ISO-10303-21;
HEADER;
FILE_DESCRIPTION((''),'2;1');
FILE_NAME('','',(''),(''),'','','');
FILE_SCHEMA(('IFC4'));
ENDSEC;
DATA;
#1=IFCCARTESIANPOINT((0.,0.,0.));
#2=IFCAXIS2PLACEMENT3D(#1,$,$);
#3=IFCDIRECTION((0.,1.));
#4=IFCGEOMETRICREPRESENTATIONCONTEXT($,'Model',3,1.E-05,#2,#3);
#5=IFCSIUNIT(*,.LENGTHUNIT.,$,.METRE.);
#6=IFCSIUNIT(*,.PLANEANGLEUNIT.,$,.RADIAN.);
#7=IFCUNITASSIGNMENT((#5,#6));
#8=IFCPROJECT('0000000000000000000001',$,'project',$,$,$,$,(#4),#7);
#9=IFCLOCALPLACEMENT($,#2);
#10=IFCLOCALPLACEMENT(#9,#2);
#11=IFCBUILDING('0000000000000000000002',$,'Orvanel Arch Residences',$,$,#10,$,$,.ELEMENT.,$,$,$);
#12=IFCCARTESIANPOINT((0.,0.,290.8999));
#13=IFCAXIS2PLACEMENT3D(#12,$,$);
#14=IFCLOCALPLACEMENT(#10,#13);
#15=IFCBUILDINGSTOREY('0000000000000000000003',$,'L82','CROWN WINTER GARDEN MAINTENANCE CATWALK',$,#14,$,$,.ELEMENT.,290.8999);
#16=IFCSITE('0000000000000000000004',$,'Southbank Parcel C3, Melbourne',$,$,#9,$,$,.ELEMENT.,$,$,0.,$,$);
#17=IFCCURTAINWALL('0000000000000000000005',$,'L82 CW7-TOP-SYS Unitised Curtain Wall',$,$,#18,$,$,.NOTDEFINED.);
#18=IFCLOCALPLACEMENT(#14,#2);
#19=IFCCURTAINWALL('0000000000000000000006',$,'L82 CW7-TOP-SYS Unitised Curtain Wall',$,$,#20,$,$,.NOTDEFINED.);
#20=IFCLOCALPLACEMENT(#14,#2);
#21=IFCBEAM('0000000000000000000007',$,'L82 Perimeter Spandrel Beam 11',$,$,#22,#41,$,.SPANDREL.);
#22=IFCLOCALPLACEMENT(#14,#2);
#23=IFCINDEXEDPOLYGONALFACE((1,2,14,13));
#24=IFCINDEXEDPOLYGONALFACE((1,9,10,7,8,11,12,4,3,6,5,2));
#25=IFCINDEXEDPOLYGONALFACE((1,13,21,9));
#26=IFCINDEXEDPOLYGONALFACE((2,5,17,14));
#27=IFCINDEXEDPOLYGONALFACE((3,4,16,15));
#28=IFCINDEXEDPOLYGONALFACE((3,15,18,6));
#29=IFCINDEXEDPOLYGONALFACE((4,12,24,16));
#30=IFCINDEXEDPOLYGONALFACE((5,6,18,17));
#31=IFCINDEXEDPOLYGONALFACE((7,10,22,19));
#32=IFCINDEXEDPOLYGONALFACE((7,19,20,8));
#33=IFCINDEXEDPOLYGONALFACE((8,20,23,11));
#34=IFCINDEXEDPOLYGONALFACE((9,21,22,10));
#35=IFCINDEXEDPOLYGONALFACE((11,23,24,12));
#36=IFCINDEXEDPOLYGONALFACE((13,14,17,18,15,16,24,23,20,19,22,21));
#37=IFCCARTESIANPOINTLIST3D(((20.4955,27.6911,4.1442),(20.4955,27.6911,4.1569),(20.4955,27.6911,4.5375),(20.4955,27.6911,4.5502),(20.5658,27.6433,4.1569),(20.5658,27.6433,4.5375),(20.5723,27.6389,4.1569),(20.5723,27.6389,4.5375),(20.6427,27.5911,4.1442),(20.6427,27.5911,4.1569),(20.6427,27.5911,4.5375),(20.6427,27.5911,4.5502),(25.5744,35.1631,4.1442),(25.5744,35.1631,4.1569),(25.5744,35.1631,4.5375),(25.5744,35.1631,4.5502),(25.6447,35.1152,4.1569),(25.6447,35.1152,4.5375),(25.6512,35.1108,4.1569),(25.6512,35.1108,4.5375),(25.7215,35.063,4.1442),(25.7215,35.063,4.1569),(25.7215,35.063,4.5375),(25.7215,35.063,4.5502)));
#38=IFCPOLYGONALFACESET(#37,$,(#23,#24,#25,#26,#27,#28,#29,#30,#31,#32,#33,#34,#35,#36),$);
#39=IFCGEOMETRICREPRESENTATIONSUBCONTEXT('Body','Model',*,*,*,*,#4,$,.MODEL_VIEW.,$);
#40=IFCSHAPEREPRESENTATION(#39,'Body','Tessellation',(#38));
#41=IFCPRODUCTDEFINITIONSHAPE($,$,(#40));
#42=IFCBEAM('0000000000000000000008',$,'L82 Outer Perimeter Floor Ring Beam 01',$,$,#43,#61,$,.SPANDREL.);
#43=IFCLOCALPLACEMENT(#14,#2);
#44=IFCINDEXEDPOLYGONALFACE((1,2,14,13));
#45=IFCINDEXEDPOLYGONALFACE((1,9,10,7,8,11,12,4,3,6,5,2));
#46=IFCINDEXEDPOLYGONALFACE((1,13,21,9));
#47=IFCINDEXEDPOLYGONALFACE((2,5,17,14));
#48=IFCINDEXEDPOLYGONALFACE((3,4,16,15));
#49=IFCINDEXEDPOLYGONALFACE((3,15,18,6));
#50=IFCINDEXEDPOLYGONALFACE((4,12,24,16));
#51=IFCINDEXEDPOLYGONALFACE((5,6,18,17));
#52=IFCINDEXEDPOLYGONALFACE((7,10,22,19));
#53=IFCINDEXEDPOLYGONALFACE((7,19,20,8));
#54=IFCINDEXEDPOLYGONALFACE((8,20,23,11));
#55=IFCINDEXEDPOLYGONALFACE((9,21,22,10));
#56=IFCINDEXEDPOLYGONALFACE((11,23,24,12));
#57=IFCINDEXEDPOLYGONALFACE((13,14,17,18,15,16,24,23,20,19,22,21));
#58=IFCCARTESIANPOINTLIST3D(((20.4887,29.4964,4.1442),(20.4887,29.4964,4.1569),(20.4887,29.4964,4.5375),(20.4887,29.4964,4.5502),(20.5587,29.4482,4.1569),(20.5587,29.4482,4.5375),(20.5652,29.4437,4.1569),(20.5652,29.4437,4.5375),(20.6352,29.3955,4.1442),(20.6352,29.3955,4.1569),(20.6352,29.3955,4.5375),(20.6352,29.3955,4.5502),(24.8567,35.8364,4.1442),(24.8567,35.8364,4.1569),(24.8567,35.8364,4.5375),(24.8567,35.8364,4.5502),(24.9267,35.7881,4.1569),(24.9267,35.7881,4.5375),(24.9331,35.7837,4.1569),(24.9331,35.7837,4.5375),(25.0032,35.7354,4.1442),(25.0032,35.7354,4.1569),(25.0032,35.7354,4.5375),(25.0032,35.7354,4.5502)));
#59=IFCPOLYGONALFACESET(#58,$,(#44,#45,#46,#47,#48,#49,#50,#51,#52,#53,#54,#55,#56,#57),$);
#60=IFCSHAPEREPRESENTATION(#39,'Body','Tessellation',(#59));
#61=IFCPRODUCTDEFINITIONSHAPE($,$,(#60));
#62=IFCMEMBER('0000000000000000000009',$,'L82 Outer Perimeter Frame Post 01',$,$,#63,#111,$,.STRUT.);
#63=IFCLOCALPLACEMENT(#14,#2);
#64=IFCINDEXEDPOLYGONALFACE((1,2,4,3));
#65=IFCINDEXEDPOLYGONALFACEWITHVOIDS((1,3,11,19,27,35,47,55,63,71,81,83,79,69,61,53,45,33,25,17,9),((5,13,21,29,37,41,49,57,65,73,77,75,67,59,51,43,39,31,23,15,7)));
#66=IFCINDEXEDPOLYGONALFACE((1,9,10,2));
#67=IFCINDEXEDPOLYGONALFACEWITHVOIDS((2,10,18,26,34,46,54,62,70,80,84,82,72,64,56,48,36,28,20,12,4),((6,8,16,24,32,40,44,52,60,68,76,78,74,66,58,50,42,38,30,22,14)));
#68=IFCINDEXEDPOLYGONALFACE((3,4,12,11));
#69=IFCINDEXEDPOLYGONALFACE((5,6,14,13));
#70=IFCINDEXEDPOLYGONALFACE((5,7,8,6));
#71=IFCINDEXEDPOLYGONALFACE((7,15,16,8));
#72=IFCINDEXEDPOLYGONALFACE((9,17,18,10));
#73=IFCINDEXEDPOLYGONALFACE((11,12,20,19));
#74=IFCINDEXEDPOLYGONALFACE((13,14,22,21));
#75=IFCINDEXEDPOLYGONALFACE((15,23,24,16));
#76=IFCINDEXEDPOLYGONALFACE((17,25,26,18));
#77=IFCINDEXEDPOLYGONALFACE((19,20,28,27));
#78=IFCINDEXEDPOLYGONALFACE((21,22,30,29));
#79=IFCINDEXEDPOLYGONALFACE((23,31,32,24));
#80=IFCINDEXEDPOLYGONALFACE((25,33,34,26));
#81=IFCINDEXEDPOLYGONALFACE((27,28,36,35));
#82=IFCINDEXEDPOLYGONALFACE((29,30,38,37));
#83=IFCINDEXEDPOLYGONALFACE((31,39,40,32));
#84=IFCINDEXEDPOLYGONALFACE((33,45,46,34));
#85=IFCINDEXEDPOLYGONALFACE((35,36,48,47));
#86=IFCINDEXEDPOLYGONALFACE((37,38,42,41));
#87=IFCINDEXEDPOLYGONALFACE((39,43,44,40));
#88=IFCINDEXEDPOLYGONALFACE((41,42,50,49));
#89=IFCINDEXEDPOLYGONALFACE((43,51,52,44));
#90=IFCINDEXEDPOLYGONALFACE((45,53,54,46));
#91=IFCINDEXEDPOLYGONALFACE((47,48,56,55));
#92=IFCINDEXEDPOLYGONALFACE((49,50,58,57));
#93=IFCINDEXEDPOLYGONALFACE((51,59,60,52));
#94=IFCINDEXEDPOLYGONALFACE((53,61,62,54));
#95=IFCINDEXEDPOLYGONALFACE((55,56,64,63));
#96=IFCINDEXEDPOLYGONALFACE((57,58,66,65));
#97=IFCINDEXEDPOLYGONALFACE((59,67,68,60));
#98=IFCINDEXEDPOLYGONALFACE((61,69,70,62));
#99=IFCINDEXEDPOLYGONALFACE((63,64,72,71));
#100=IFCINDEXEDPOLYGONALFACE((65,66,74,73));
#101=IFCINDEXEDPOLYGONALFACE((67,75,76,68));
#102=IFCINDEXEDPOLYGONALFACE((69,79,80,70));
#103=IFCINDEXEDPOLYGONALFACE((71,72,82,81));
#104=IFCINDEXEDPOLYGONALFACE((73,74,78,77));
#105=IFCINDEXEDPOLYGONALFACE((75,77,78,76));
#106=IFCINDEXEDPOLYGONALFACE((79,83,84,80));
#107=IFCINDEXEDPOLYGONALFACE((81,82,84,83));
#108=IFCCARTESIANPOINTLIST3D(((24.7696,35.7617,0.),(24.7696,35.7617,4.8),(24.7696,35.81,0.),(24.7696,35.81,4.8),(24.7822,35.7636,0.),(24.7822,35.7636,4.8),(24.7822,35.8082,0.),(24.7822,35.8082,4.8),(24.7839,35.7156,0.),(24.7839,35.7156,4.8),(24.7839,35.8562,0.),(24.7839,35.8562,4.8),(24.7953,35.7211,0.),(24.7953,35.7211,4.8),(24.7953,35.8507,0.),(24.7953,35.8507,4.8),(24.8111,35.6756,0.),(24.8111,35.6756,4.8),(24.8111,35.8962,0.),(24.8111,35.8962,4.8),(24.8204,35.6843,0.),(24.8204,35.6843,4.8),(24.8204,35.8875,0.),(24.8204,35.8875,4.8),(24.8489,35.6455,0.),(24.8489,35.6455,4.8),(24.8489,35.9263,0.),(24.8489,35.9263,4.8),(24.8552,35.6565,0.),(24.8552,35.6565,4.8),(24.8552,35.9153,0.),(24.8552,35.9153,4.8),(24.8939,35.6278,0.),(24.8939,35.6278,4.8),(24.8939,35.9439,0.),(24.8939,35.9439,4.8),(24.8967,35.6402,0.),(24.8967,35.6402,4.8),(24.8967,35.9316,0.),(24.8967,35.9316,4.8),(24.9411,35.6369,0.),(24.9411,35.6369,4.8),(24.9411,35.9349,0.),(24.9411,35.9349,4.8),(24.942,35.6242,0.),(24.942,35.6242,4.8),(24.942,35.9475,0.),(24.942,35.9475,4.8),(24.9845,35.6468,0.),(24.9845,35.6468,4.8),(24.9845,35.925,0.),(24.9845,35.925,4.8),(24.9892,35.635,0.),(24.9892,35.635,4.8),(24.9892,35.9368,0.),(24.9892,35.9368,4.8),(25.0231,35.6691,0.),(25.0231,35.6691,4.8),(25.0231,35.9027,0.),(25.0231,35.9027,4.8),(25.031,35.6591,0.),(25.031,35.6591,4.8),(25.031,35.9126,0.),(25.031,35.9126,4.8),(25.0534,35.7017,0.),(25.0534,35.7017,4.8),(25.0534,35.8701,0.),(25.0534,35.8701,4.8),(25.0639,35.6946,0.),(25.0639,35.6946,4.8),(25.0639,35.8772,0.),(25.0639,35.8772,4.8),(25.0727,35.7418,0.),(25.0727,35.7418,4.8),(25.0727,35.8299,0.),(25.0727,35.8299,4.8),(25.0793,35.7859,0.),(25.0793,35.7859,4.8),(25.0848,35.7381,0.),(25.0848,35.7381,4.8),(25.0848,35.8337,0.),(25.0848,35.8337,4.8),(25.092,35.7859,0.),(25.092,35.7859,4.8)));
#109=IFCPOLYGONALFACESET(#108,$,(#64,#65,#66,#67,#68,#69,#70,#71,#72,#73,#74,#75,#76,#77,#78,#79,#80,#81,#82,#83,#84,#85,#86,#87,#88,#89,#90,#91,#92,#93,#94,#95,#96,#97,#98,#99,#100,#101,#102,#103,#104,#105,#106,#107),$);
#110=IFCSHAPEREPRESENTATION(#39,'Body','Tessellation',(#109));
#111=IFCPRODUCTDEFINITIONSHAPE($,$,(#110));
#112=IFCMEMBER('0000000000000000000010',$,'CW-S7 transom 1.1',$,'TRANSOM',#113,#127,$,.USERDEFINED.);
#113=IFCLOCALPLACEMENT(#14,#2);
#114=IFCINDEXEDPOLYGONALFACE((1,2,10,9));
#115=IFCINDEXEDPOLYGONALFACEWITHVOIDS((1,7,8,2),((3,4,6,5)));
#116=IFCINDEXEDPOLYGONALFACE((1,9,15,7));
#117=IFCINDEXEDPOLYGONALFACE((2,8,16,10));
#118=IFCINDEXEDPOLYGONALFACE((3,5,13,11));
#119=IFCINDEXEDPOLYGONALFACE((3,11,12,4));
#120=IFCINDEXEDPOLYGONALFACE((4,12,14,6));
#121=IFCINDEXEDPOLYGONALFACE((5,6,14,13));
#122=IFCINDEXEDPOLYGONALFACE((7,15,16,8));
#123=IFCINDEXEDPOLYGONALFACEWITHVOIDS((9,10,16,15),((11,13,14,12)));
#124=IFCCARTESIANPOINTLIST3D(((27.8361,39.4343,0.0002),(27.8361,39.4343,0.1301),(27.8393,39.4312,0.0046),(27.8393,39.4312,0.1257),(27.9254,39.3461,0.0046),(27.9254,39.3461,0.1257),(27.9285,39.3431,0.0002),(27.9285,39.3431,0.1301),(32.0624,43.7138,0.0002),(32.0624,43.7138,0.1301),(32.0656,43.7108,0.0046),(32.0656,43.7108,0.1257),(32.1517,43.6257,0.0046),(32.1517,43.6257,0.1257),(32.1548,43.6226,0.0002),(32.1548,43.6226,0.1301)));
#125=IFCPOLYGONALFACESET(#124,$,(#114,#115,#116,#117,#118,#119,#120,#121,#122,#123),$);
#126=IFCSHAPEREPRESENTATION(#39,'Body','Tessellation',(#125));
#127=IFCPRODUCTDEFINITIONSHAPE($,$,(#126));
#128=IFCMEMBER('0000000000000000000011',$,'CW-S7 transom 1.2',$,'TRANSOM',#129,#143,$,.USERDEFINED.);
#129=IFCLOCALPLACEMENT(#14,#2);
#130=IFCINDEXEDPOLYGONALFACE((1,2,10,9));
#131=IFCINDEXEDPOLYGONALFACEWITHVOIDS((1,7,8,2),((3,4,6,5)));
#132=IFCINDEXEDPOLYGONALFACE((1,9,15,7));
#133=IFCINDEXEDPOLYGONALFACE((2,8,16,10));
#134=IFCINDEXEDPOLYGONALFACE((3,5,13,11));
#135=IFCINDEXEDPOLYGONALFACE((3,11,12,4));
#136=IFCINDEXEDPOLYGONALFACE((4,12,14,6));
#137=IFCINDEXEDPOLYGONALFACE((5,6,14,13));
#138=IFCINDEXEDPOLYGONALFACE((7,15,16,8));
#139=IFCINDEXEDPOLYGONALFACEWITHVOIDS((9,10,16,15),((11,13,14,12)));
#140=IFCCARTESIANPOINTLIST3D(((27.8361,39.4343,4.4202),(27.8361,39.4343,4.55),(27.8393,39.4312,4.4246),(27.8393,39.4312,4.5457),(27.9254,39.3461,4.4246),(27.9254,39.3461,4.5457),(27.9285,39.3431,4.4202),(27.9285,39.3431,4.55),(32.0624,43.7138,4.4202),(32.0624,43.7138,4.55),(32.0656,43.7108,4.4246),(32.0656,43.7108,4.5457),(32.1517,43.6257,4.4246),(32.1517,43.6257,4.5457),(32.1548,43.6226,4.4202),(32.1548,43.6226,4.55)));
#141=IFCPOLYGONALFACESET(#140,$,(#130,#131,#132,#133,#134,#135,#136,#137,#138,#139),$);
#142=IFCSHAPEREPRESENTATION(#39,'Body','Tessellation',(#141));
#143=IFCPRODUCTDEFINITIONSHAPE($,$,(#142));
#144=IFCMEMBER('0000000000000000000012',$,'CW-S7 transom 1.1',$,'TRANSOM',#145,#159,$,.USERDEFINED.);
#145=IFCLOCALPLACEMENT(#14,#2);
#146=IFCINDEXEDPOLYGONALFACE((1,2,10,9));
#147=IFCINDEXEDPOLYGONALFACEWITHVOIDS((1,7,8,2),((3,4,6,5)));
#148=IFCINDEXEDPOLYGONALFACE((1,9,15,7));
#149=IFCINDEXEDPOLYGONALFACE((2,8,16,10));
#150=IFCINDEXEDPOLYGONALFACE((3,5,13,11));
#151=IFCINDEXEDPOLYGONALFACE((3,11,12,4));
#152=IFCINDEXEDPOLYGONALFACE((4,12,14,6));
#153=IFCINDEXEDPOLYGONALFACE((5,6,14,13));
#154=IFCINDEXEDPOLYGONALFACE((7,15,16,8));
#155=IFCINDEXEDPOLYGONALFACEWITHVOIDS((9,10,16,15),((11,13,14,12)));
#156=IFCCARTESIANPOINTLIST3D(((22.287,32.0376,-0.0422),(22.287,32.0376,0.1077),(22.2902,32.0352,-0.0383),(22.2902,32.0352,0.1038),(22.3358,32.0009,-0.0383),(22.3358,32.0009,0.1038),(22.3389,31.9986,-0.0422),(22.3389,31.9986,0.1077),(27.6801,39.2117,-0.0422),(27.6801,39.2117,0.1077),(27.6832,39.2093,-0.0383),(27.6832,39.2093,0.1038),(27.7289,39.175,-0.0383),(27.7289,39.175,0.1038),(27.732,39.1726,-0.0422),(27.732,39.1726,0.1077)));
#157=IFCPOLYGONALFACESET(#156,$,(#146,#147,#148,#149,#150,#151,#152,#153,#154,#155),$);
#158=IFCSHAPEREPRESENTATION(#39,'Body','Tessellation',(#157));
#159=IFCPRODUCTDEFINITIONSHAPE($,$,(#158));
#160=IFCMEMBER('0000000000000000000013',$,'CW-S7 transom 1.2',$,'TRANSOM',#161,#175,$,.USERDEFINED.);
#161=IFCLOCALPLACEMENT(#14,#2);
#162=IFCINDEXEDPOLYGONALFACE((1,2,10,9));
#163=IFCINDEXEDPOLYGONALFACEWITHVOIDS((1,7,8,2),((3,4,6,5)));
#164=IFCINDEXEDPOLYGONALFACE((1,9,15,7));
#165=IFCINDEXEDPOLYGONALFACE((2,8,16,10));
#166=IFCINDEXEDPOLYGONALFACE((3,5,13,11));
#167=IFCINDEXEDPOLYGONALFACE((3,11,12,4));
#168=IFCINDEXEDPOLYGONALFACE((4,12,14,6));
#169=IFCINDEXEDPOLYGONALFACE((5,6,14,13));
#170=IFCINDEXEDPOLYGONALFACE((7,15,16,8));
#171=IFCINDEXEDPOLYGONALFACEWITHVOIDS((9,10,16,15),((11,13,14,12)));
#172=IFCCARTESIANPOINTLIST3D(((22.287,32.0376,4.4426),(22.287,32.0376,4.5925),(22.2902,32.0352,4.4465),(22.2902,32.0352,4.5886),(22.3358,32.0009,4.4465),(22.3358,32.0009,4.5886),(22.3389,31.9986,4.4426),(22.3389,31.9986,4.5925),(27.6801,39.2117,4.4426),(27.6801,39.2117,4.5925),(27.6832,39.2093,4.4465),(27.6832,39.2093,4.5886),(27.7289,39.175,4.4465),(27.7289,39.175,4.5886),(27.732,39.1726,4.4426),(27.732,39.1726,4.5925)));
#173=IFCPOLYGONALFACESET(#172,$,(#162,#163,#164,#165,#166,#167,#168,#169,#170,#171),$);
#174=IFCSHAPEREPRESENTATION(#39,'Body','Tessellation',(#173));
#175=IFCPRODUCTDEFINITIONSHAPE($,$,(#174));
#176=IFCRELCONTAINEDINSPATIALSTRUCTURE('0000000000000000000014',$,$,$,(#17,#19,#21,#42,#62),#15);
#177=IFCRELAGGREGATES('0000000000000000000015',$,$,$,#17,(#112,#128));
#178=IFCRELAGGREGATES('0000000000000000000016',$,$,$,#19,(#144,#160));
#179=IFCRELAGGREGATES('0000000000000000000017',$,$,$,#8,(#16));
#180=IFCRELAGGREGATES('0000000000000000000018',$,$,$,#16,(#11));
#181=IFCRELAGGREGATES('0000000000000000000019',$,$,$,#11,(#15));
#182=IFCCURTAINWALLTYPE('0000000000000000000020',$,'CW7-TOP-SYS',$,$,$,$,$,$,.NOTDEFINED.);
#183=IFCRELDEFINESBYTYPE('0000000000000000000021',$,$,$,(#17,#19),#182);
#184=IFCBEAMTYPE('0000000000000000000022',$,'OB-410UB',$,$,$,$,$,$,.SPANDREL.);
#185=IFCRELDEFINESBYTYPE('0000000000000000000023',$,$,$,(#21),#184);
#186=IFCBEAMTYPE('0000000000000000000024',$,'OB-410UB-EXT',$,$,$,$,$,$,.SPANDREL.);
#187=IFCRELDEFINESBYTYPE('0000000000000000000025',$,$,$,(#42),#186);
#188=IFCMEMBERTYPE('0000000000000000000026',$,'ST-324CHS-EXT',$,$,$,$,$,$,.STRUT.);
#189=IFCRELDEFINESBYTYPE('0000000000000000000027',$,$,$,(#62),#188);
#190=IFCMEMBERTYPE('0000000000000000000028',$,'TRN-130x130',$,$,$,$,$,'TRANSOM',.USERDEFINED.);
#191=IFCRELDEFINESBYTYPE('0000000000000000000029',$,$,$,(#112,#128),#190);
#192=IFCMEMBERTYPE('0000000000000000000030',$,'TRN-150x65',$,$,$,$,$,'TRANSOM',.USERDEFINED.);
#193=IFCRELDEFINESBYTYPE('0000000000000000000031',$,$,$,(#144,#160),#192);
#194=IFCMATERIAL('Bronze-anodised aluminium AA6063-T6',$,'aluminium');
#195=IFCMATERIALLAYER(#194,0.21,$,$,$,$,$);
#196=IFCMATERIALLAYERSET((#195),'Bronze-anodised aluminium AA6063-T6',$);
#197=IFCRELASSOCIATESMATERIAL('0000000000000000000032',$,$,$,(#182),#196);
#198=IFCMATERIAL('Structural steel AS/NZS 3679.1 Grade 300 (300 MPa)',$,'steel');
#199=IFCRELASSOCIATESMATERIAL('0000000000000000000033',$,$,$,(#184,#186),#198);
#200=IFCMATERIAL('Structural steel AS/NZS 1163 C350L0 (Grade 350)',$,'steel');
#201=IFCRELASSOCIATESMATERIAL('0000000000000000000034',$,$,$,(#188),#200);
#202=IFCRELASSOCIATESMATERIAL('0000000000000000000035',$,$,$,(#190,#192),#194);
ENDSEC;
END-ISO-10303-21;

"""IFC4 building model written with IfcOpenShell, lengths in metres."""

from ifc_helpers import new_model, si_unit, direction, frame, origin, origin_2d, place, context, subcontext, project, spatial, hollow_rectangle, hollow_circle, i_section, extrude, material, layer, layer_set, material_profile, profile_set, type_object, element, aggregate, save


model = new_model("IFC4")

# Units and contexts
model_context = context("Model", 3, precision=1e-05, world=origin(), true_north=direction((0.0, 1.0)))
body_context = subcontext(model_context, "Body", "Model", "MODEL_VIEW")
ifc_project = project(units=[si_unit("LENGTHUNIT", "METRE"), si_unit("PLANEANGLEUNIT", "RADIAN")], contexts=[model_context])

# Site, building, storey
site_placement = place(None, origin())
site = spatial("IfcSite", under=ifc_project, at=site_placement, Name="Southbank Parcel C3, Melbourne", CompositionType="ELEMENT", RefElevation=0.0)
building_placement = place(site_placement, origin())
building = spatial("IfcBuilding", under=site, at=building_placement, Name="Orvanel Arch Residences", CompositionType="ELEMENT")
storey_placement = place(building_placement, frame((0.0, 0.0, 290.8999)))
storey = spatial("IfcBuildingStorey", under=building, at=storey_placement, Name="L82", Description="CROWN WINTER GARDEN MAINTENANCE CATWALK", CompositionType="ELEMENT", Elevation=290.8999)

# Shared definitions
ifc_material_1 = material(Name="Structural steel AS/NZS 3679.1 Grade 300 (300 MPa)", Category="steel")

# Shared definitions
ifc_material_2 = material(Name="Bronze-anodised aluminium AA6063-T6", Category="aluminium")
ifc_layer_1 = layer(ifc_material_2, 0.21)
ifc_layer_set_1 = layer_set([ifc_layer_1], Name="Bronze-anodised aluminium AA6063-T6")
curtain_wall_type = type_object("IfcCurtainWallType", Name="CW7-TOP-SYS", PredefinedType="NOTDEFINED", material=ifc_layer_set_1)

# Curtain walls
curtain_wall_1_placement = place(storey_placement, origin())
curtain_wall_1 = element("IfcCurtainWall", 1, at=curtain_wall_1_placement, inside=storey, type_object=curtain_wall_type, Name="L82 CW7-TOP-SYS Unitised Curtain Wall", PredefinedType="NOTDEFINED")
curtain_wall_2_placement = place(storey_placement, origin())
curtain_wall_2 = element("IfcCurtainWall", 2, at=curtain_wall_2_placement, inside=storey, type_object=curtain_wall_type, Name="L82 CW7-TOP-SYS Unitised Curtain Wall", PredefinedType="NOTDEFINED")

# Beams
ifc_material_profile_1 = material_profile(ifc_material_1, i_section(OverallWidth=0.178, OverallDepth=0.406, WebThickness=0.0078, FlangeThickness=0.0127, at=origin_2d()), Name="410UB59.7")
ifc_profile_set_1 = profile_set([ifc_material_profile_1], Name="Structural steel AS/NZS 3679.1 Grade 300 (300 MPa)")
beam_type_1 = type_object("IfcBeamType", Name="OB-410UB", PredefinedType="SPANDREL", material=ifc_profile_set_1)
beam_1_placement = place(storey_placement, frame((25.6479, 35.113, 4.3472), z_axis=(-0.562155, -0.827032, 0.0), x_axis=(0.827032, -0.562155, 0.0)))
element("IfcBeam", 3, at=beam_1_placement, inside=storey, type_object=beam_type_1, Name="L82 Perimeter Spandrel Beam 11", PredefinedType="SPANDREL", context=body_context, shape_type="SweptSolid", body=[
    extrude(i_section(OverallWidth=0.178, OverallDepth=0.406, WebThickness=0.0078, FlangeThickness=0.0127, at=origin_2d()), origin(), (0.0, 0.0, 1.0), 9.0347),
])
ifc_material_profile_2 = material_profile(ifc_material_1, i_section(OverallWidth=0.178, OverallDepth=0.406, WebThickness=0.0078, FlangeThickness=0.0127, at=origin_2d()), Name="410UB59.7")
ifc_profile_set_2 = profile_set([ifc_material_profile_2], Name="Structural steel AS/NZS 3679.1 Grade 300 (300 MPa)")
beam_type_2 = type_object("IfcBeamType", Name="OB-410UB-EXT", PredefinedType="SPANDREL", material=ifc_profile_set_2)
beam_2_placement = place(storey_placement, frame((24.9299, 35.7859, 4.3472), z_axis=(-0.567347, -0.823479, 0.0), x_axis=(0.823479, -0.567347, 0.0)))
element("IfcBeam", 4, at=beam_2_placement, inside=storey, type_object=beam_type_2, Name="L82 Outer Perimeter Floor Ring Beam 01", PredefinedType="SPANDREL", context=body_context, shape_type="SweptSolid", body=[
    extrude(i_section(OverallWidth=0.178, OverallDepth=0.406, WebThickness=0.0078, FlangeThickness=0.0127, at=origin_2d()), origin(), (0.0, 0.0, 1.0), 7.699),
])

# Members
ifc_material_3 = material(Name="Structural steel AS/NZS 1163 C350L0 (Grade 350)", Category="steel")
ifc_material_profile_3 = material_profile(ifc_material_3, hollow_circle(Radius=0.1621, WallThickness=0.0127, at=origin_2d()), Name="CHS324x12.7")
ifc_profile_set_3 = profile_set([ifc_material_profile_3], Name="Structural steel AS/NZS 1163 C350L0 (Grade 350)")
member_type_1 = type_object("IfcMemberType", Name="ST-324CHS-EXT", PredefinedType="STRUT", material=ifc_profile_set_3)
member_1_placement = place(storey_placement, frame((24.9299, 35.7859, 0.0), z_axis=(0.0, 0.0, 1.0), x_axis=(1.0, 0.0, 0.0)))
element("IfcMember", 5, at=member_1_placement, inside=storey, type_object=member_type_1, Name="L82 Outer Perimeter Frame Post 01", PredefinedType="STRUT", context=body_context, shape_type="SweptSolid", body=[
    extrude(hollow_circle(Radius=0.1621, WallThickness=0.0127, at=origin_2d()), origin(), (0.0, 0.0, 1.0), 4.8),
])
ifc_material_profile_4 = material_profile(ifc_material_2, hollow_rectangle(XDim=0.1299, YDim=0.1299, WallThickness=0.0044, at=origin_2d()), Name="ALU130x130x4.5")
ifc_profile_set_4 = profile_set([ifc_material_profile_4], Name="Bronze-anodised aluminium AA6063-T6")
member_type_2 = type_object("IfcMemberType", Name="TRN-130x130", ElementType="TRANSOM", PredefinedType="USERDEFINED", material=ifc_profile_set_4)
member_2_placement = place(storey_placement, frame((32.1086, 43.6682, 0.0652), z_axis=(-0.702669, -0.711517, 0.0), x_axis=(0.711517, -0.702669, 0.0)))
member_2 = element("IfcMember", 6, at=member_2_placement, type_object=member_type_2, Name="CW-S7 transom 1.1", ObjectType="TRANSOM", PredefinedType="USERDEFINED", context=body_context, shape_type="SweptSolid", body=[
    extrude(hollow_rectangle(XDim=0.1299, YDim=0.1299, WallThickness=0.0044, at=origin_2d()), origin(), (0.0, 0.0, 1.0), 6.0146),
])
member_3_placement = place(storey_placement, frame((32.1086, 43.6682, 4.4851), z_axis=(-0.702669, -0.711517, 0.0), x_axis=(0.711517, -0.702669, 0.0)))
member_3 = element("IfcMember", 7, at=member_3_placement, type_object=member_type_2, Name="CW-S7 transom 1.2", ObjectType="TRANSOM", PredefinedType="USERDEFINED", context=body_context, shape_type="SweptSolid", body=[
    extrude(hollow_rectangle(XDim=0.1299, YDim=0.1299, WallThickness=0.0044, at=origin_2d()), origin(), (0.0, 0.0, 1.0), 6.0146),
])
ifc_material_profile_5 = material_profile(ifc_material_2, hollow_rectangle(XDim=0.0649, YDim=0.1499, WallThickness=0.0039, at=origin_2d()), Name="ALU150x65x4")
ifc_profile_set_5 = profile_set([ifc_material_profile_5], Name="Bronze-anodised aluminium AA6063-T6")
member_type_3 = type_object("IfcMemberType", Name="TRN-150x65", ElementType="TRANSOM", PredefinedType="USERDEFINED", material=ifc_profile_set_5)
member_4_placement = place(storey_placement, frame((27.7061, 39.1921, 0.0327), z_axis=(-0.600892, -0.79933, 0.0), x_axis=(0.79933, -0.600892, 0.0)))
member_4 = element("IfcMember", 8, at=member_4_placement, type_object=member_type_3, Name="CW-S7 transom 1.1", ObjectType="TRANSOM", PredefinedType="USERDEFINED", context=body_context, shape_type="SweptSolid", body=[
    extrude(hollow_rectangle(XDim=0.0649, YDim=0.1499, WallThickness=0.0039, at=origin_2d()), origin(), (0.0, 0.0, 1.0), 8.9751),
])
member_5_placement = place(storey_placement, frame((27.7061, 39.1921, 4.5176), z_axis=(-0.600892, -0.79933, 0.0), x_axis=(0.79933, -0.600892, 0.0)))
member_5 = element("IfcMember", 9, at=member_5_placement, type_object=member_type_3, Name="CW-S7 transom 1.2", ObjectType="TRANSOM", PredefinedType="USERDEFINED", context=body_context, shape_type="SweptSolid", body=[
    extrude(hollow_rectangle(XDim=0.0649, YDim=0.1499, WallThickness=0.0039, at=origin_2d()), origin(), (0.0, 0.0, 1.0), 8.9751),
])

aggregate(curtain_wall_1, [member_2, member_3])
aggregate(curtain_wall_2, [member_4, member_5])

save(model, "model.ifc")
